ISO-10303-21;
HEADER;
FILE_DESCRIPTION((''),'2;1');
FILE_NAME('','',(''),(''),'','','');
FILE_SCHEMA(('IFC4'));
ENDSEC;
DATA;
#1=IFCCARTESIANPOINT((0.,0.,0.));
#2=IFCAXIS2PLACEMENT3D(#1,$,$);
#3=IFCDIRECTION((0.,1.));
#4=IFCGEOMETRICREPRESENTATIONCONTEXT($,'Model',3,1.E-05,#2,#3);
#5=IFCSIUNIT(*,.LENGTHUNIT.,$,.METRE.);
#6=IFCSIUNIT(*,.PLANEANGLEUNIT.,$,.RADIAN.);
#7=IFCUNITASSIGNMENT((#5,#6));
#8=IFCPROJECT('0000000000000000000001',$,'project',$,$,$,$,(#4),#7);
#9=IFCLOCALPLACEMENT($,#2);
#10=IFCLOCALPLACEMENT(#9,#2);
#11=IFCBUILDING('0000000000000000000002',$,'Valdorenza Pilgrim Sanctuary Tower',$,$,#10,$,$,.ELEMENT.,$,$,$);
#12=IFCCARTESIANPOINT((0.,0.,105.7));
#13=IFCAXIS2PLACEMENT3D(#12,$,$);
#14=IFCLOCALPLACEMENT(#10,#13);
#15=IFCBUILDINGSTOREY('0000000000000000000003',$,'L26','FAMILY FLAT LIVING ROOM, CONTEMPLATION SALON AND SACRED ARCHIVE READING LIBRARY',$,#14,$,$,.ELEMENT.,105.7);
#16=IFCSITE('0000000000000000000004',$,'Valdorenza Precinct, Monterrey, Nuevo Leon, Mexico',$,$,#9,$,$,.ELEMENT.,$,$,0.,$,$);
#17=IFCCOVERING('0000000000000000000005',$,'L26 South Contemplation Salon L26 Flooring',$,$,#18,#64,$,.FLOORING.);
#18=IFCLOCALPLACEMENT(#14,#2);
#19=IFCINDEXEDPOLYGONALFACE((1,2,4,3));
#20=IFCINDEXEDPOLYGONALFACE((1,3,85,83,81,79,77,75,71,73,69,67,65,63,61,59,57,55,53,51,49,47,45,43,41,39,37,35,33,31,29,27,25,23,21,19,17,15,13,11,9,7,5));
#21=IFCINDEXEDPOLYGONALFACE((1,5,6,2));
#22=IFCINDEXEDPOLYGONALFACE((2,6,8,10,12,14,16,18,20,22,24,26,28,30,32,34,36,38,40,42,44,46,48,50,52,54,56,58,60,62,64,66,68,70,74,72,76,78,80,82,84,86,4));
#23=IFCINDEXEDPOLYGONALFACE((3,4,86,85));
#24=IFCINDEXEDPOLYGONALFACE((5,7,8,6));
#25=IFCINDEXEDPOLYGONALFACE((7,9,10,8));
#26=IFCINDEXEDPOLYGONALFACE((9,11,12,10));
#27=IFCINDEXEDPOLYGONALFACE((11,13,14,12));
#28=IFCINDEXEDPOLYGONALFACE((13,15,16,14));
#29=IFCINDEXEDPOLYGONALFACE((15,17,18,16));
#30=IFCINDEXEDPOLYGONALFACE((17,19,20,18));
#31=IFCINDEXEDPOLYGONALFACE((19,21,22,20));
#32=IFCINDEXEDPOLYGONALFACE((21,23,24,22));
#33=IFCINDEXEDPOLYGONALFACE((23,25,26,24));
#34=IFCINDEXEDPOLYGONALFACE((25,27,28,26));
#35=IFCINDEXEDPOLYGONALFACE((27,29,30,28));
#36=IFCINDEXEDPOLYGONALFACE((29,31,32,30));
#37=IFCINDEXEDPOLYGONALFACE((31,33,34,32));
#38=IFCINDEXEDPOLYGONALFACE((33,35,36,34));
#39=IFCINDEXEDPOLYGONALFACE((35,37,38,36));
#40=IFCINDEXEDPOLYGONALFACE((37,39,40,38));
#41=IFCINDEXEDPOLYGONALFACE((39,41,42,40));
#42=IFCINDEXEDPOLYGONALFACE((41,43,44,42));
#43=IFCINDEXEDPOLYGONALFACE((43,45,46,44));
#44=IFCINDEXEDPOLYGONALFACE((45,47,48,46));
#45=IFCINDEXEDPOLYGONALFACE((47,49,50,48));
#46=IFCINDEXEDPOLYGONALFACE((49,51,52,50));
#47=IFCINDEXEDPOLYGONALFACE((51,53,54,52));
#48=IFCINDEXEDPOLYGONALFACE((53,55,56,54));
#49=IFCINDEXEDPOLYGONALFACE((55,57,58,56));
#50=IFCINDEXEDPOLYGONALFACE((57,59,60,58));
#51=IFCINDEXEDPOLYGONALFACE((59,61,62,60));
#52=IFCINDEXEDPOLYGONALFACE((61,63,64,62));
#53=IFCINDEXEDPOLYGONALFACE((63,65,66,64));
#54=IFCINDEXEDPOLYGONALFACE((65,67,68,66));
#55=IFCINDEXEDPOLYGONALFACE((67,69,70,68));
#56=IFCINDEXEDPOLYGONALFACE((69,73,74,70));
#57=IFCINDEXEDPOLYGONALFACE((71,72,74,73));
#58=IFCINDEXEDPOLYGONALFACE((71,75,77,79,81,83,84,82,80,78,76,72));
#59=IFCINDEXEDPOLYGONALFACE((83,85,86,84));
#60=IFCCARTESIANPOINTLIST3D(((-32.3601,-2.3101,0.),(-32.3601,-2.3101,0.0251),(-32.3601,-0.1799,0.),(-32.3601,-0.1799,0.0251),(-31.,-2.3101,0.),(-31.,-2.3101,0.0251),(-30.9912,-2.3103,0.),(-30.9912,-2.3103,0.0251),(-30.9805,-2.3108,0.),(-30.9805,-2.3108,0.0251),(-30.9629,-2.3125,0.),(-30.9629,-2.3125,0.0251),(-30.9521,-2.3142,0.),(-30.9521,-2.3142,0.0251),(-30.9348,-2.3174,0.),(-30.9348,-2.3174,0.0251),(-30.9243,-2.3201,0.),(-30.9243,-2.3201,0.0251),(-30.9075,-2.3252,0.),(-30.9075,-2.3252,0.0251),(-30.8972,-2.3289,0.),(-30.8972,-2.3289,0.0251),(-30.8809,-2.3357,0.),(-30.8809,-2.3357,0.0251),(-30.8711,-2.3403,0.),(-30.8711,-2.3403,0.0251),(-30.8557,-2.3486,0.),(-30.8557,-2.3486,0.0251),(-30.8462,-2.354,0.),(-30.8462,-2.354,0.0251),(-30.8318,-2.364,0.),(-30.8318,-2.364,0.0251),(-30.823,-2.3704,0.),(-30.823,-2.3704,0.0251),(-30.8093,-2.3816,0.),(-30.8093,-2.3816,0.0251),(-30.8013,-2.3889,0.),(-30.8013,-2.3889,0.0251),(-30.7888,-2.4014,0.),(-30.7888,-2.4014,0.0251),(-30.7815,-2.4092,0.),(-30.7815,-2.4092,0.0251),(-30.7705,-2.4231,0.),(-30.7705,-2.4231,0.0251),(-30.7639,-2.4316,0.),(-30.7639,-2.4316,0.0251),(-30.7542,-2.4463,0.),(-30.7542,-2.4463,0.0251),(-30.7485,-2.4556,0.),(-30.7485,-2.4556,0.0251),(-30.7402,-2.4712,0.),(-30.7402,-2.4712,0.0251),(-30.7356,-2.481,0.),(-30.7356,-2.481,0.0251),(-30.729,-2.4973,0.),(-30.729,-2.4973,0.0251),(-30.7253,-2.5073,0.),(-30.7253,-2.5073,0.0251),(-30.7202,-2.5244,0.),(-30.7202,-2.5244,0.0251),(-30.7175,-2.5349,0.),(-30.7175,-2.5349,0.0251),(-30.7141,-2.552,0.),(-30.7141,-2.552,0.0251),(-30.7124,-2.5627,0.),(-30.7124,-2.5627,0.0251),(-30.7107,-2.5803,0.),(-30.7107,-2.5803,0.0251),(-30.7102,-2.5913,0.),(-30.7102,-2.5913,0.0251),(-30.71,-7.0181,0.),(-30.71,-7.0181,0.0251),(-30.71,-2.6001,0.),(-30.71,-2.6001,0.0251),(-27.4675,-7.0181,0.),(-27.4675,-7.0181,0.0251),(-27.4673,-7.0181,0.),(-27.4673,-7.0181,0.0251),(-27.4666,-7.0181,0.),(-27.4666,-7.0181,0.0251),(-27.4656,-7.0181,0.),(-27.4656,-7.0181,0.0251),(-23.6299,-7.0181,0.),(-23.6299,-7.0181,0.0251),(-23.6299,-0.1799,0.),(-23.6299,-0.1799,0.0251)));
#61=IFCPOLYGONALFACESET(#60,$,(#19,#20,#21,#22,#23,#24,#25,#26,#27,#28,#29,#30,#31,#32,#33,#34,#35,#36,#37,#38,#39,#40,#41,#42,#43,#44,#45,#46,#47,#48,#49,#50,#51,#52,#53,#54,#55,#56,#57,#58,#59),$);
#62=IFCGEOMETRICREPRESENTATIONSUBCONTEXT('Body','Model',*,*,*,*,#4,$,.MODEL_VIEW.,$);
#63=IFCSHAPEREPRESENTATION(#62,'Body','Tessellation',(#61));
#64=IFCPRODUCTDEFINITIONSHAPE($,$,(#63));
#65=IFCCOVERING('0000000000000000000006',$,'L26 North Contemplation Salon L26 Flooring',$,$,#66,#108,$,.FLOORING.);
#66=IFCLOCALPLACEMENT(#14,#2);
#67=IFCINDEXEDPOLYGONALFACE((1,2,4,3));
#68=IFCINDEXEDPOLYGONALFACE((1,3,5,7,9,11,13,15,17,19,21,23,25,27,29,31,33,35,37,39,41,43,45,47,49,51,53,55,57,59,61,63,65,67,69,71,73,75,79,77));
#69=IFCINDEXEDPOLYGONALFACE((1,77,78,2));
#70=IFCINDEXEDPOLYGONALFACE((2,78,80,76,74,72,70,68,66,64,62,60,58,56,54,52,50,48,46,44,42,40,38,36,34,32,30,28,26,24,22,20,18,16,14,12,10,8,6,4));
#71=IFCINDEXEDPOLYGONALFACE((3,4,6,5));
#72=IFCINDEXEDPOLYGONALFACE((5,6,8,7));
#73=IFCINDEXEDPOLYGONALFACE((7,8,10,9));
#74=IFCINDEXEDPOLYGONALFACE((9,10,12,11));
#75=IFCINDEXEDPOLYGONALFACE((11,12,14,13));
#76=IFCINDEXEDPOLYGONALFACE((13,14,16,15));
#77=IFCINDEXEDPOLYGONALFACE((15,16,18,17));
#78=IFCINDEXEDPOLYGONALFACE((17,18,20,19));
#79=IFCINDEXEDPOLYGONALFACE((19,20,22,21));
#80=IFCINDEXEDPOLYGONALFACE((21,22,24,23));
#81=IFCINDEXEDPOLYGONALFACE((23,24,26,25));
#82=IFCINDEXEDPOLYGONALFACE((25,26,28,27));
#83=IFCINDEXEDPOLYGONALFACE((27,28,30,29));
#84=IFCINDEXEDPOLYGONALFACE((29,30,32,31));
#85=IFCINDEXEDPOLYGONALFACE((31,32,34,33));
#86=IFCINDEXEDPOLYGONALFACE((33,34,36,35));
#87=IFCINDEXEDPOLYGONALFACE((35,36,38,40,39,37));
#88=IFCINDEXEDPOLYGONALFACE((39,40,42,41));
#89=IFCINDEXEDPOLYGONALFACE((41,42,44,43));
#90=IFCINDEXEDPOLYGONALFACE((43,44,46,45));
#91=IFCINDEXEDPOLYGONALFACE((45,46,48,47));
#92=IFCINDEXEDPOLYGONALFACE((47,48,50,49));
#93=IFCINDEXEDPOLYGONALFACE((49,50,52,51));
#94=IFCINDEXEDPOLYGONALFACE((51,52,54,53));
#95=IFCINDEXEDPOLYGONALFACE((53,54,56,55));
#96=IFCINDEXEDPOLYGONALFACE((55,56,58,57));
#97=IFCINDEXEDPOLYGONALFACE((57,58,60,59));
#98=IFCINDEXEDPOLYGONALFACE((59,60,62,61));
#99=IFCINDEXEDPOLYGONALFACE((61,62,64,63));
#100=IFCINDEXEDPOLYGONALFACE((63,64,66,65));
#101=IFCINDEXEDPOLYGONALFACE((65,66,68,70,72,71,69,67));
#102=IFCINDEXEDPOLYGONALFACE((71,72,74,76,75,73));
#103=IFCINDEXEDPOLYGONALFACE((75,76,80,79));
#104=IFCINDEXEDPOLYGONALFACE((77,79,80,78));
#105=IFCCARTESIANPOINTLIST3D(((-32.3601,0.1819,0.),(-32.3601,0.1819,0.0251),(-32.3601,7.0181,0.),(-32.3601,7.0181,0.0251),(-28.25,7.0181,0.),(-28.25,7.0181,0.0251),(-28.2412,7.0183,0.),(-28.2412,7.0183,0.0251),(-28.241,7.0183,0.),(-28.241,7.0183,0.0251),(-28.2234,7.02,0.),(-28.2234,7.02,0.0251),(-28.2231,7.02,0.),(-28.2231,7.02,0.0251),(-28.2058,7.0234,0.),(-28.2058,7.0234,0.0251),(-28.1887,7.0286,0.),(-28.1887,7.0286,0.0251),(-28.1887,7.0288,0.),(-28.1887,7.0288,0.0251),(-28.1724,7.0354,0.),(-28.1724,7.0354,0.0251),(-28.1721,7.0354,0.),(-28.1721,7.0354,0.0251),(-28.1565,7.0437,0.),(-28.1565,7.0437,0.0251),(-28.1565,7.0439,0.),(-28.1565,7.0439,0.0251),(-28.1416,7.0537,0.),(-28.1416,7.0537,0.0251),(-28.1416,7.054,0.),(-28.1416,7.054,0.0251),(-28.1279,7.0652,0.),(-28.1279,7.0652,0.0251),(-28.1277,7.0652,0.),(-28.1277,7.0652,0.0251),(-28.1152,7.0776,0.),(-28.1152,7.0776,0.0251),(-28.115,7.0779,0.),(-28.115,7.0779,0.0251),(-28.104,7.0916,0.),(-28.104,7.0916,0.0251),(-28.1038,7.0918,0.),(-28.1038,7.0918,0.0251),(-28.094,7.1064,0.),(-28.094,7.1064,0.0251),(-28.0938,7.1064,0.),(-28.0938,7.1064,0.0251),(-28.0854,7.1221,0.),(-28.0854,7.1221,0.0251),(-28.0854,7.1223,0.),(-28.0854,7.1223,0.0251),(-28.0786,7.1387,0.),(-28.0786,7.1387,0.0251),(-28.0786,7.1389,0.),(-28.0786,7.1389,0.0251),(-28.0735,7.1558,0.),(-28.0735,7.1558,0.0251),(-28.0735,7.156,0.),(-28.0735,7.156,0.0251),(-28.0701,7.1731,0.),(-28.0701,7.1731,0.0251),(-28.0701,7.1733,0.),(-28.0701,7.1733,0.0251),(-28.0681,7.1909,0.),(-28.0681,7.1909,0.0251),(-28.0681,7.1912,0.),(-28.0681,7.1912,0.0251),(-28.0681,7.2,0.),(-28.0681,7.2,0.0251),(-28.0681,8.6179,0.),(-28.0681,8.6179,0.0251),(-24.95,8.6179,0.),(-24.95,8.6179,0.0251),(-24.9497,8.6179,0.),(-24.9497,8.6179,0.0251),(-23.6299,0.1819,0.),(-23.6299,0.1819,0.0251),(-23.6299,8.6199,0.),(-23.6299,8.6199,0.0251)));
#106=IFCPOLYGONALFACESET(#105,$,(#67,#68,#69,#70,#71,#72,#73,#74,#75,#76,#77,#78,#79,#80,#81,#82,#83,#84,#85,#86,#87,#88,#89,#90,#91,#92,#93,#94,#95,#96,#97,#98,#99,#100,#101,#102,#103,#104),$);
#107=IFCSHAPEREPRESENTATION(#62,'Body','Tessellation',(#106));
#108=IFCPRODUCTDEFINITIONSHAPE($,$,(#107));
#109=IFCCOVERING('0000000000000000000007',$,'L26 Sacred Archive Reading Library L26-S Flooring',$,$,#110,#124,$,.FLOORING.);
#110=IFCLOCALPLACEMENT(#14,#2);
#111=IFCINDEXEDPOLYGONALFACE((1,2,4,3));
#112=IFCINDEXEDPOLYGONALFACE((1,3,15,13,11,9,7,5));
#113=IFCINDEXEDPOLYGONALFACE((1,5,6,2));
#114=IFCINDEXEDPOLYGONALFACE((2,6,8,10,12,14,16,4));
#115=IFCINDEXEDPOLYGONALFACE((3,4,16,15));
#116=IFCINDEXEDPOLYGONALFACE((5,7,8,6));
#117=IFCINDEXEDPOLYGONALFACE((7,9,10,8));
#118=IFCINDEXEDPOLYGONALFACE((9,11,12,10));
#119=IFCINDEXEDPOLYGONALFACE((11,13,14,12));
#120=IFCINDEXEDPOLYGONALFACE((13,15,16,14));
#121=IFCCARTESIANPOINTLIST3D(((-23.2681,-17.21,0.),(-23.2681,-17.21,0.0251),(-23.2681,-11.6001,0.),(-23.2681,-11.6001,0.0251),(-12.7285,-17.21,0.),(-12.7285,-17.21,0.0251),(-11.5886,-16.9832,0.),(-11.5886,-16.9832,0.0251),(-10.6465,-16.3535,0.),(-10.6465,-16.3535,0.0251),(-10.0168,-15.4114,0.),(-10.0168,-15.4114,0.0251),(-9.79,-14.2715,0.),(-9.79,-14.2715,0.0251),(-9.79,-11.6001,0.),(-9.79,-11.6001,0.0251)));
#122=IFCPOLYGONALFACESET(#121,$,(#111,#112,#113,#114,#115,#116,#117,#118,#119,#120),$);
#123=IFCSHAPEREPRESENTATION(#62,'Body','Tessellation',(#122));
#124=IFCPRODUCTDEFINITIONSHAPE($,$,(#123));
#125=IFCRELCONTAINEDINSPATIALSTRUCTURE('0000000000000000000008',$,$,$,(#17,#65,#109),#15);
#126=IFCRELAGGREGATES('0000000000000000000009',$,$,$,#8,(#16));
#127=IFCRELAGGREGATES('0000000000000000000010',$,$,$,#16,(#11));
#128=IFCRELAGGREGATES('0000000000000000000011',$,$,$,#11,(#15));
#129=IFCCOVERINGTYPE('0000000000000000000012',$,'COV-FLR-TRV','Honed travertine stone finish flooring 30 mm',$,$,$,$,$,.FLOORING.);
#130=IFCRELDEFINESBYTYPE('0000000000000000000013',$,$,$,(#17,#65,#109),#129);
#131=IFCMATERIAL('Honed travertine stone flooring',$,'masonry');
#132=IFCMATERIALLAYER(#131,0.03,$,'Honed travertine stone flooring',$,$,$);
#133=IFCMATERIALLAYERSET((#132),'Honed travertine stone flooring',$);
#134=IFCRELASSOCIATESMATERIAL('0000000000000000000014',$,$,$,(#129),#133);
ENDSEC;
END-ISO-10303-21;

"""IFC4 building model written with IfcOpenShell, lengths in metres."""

from ifc_helpers import new_model, si_unit, direction, frame, origin, place, context, subcontext, project, spatial, polyline, outline, extrude, material, layer, layer_set, type_object, element, save


model = new_model("IFC4")

# Units and contexts
model_context = context("Model", 3, precision=1e-05, world=origin(), true_north=direction((0.0, 1.0)))
body_context = subcontext(model_context, "Body", "Model", "MODEL_VIEW")
ifc_project = project(units=[si_unit("LENGTHUNIT", "METRE"), si_unit("PLANEANGLEUNIT", "RADIAN")], contexts=[model_context])

# Site, building, storey
site_placement = place(None, origin())
site = spatial("IfcSite", under=ifc_project, at=site_placement, Name="Valdorenza Precinct, Monterrey, Nuevo Leon, Mexico", CompositionType="ELEMENT", RefElevation=0.0)
building_placement = place(site_placement, origin())
building = spatial("IfcBuilding", under=site, at=building_placement, Name="Valdorenza Pilgrim Sanctuary Tower", CompositionType="ELEMENT")
storey_placement = place(building_placement, frame((0.0, 0.0, 105.7)))
storey = spatial("IfcBuildingStorey", under=building, at=storey_placement, Name="L26", Description="FAMILY FLAT LIVING ROOM, CONTEMPLATION SALON AND SACRED ARCHIVE READING LIBRARY", CompositionType="ELEMENT", Elevation=105.7)

# Coverings
ifc_material_1 = material(Name="Honed travertine stone flooring", Category="masonry")
ifc_layer_1 = layer(ifc_material_1, 0.03, Name="Honed travertine stone flooring")
ifc_layer_set_1 = layer_set([ifc_layer_1], Name="Honed travertine stone flooring")
covering_type_1 = type_object("IfcCoveringType", Name="COV-FLR-TRV", Description="Honed travertine stone finish flooring 30 mm", PredefinedType="FLOORING", material=ifc_layer_set_1)
covering_1_placement = place(storey_placement, origin())
element("IfcCovering", 1, at=covering_1_placement, inside=storey, type_object=covering_type_1, Name="L26 South Contemplation Salon L26 Flooring", PredefinedType="FLOORING", context=body_context, shape_type="SweptSolid", body=[
    extrude(outline(polyline([(-27.4673, -7.0181), (-27.4675, -7.0181), (-30.71, -7.0181), (-30.71, -2.6001), (-30.7102, -2.5913), (-30.7107, -2.5803), (-30.7124, -2.5627), (-30.7141, -2.552), (-30.7175, -2.5349), (-30.7202, -2.5244), (-30.7253, -2.5073), (-30.729, -2.4973), (-30.7356, -2.481), (-30.7402, -2.4712), (-30.7485, -2.4556), (-30.7542, -2.4463), (-30.7639, -2.4316), (-30.7705, -2.4231), (-30.7815, -2.4092), (-30.7888, -2.4014), (-30.8013, -2.3889), (-30.8093, -2.3816), (-30.823, -2.3704), (-30.8318, -2.364), (-30.8462, -2.354), (-30.8557, -2.3486), (-30.8711, -2.3403), (-30.8809, -2.3357), (-30.8972, -2.3289), (-30.9075, -2.3252), (-30.9243, -2.3201), (-30.9348, -2.3174), (-30.9521, -2.3142), (-30.9629, -2.3125), (-30.9805, -2.3108), (-30.9912, -2.3103), (-31.0, -2.3101), (-32.3601, -2.3101), (-32.3601, -0.1799), (-23.6299, -0.1799), (-23.6299, -7.0181), (-27.4656, -7.0181), (-27.4666, -7.0181), (-27.4673, -7.0181)])), origin(), (0.0, 0.0, 1.0), 0.0251),
])
covering_2_placement = place(storey_placement, origin())
element("IfcCovering", 2, at=covering_2_placement, inside=storey, type_object=covering_type_1, Name="L26 North Contemplation Salon L26 Flooring", PredefinedType="FLOORING", context=body_context, shape_type="SweptSolid", body=[
    extrude(outline(polyline([(-23.6299, 8.6199), (-23.6299, 0.1819), (-32.3601, 0.1819), (-32.3601, 7.0181), (-28.25, 7.0181), (-28.2412, 7.0183), (-28.241, 7.0183), (-28.2234, 7.02), (-28.2231, 7.02), (-28.2058, 7.0234), (-28.2058, 7.0234), (-28.1887, 7.0286), (-28.1887, 7.0288), (-28.1724, 7.0354), (-28.1721, 7.0354), (-28.1565, 7.0437), (-28.1565, 7.0439), (-28.1416, 7.0537), (-28.1416, 7.054), (-28.1279, 7.0652), (-28.1277, 7.0652), (-28.1152, 7.0776), (-28.115, 7.0779), (-28.104, 7.0916), (-28.1038, 7.0918), (-28.094, 7.1064), (-28.0938, 7.1064), (-28.0854, 7.1221), (-28.0854, 7.1223), (-28.0786, 7.1387), (-28.0786, 7.1389), (-28.0735, 7.1558), (-28.0735, 7.156), (-28.0701, 7.1731), (-28.0701, 7.1733), (-28.0681, 7.1909), (-28.0681, 7.1912), (-28.0681, 7.2), (-28.0681, 8.6179), (-24.95, 8.6179), (-24.9497, 8.6179), (-23.6299, 8.6199)])), origin(), (0.0, 0.0, 1.0), 0.0251),
])
covering_3_placement = place(storey_placement, origin())
element("IfcCovering", 3, at=covering_3_placement, inside=storey, type_object=covering_type_1, Name="L26 Sacred Archive Reading Library L26-S Flooring", PredefinedType="FLOORING", context=body_context, shape_type="SweptSolid", body=[
    extrude(outline(polyline([(-9.79, -11.6001), (-9.79, -14.2715), (-10.0168, -15.4114), (-10.6465, -16.3535), (-11.5886, -16.9832), (-12.7285, -17.21), (-23.2681, -17.21), (-23.2681, -11.6001), (-9.79, -11.6001)])), origin(), (0.0, 0.0, 1.0), 0.0251),
])

save(model, "model.ifc")
